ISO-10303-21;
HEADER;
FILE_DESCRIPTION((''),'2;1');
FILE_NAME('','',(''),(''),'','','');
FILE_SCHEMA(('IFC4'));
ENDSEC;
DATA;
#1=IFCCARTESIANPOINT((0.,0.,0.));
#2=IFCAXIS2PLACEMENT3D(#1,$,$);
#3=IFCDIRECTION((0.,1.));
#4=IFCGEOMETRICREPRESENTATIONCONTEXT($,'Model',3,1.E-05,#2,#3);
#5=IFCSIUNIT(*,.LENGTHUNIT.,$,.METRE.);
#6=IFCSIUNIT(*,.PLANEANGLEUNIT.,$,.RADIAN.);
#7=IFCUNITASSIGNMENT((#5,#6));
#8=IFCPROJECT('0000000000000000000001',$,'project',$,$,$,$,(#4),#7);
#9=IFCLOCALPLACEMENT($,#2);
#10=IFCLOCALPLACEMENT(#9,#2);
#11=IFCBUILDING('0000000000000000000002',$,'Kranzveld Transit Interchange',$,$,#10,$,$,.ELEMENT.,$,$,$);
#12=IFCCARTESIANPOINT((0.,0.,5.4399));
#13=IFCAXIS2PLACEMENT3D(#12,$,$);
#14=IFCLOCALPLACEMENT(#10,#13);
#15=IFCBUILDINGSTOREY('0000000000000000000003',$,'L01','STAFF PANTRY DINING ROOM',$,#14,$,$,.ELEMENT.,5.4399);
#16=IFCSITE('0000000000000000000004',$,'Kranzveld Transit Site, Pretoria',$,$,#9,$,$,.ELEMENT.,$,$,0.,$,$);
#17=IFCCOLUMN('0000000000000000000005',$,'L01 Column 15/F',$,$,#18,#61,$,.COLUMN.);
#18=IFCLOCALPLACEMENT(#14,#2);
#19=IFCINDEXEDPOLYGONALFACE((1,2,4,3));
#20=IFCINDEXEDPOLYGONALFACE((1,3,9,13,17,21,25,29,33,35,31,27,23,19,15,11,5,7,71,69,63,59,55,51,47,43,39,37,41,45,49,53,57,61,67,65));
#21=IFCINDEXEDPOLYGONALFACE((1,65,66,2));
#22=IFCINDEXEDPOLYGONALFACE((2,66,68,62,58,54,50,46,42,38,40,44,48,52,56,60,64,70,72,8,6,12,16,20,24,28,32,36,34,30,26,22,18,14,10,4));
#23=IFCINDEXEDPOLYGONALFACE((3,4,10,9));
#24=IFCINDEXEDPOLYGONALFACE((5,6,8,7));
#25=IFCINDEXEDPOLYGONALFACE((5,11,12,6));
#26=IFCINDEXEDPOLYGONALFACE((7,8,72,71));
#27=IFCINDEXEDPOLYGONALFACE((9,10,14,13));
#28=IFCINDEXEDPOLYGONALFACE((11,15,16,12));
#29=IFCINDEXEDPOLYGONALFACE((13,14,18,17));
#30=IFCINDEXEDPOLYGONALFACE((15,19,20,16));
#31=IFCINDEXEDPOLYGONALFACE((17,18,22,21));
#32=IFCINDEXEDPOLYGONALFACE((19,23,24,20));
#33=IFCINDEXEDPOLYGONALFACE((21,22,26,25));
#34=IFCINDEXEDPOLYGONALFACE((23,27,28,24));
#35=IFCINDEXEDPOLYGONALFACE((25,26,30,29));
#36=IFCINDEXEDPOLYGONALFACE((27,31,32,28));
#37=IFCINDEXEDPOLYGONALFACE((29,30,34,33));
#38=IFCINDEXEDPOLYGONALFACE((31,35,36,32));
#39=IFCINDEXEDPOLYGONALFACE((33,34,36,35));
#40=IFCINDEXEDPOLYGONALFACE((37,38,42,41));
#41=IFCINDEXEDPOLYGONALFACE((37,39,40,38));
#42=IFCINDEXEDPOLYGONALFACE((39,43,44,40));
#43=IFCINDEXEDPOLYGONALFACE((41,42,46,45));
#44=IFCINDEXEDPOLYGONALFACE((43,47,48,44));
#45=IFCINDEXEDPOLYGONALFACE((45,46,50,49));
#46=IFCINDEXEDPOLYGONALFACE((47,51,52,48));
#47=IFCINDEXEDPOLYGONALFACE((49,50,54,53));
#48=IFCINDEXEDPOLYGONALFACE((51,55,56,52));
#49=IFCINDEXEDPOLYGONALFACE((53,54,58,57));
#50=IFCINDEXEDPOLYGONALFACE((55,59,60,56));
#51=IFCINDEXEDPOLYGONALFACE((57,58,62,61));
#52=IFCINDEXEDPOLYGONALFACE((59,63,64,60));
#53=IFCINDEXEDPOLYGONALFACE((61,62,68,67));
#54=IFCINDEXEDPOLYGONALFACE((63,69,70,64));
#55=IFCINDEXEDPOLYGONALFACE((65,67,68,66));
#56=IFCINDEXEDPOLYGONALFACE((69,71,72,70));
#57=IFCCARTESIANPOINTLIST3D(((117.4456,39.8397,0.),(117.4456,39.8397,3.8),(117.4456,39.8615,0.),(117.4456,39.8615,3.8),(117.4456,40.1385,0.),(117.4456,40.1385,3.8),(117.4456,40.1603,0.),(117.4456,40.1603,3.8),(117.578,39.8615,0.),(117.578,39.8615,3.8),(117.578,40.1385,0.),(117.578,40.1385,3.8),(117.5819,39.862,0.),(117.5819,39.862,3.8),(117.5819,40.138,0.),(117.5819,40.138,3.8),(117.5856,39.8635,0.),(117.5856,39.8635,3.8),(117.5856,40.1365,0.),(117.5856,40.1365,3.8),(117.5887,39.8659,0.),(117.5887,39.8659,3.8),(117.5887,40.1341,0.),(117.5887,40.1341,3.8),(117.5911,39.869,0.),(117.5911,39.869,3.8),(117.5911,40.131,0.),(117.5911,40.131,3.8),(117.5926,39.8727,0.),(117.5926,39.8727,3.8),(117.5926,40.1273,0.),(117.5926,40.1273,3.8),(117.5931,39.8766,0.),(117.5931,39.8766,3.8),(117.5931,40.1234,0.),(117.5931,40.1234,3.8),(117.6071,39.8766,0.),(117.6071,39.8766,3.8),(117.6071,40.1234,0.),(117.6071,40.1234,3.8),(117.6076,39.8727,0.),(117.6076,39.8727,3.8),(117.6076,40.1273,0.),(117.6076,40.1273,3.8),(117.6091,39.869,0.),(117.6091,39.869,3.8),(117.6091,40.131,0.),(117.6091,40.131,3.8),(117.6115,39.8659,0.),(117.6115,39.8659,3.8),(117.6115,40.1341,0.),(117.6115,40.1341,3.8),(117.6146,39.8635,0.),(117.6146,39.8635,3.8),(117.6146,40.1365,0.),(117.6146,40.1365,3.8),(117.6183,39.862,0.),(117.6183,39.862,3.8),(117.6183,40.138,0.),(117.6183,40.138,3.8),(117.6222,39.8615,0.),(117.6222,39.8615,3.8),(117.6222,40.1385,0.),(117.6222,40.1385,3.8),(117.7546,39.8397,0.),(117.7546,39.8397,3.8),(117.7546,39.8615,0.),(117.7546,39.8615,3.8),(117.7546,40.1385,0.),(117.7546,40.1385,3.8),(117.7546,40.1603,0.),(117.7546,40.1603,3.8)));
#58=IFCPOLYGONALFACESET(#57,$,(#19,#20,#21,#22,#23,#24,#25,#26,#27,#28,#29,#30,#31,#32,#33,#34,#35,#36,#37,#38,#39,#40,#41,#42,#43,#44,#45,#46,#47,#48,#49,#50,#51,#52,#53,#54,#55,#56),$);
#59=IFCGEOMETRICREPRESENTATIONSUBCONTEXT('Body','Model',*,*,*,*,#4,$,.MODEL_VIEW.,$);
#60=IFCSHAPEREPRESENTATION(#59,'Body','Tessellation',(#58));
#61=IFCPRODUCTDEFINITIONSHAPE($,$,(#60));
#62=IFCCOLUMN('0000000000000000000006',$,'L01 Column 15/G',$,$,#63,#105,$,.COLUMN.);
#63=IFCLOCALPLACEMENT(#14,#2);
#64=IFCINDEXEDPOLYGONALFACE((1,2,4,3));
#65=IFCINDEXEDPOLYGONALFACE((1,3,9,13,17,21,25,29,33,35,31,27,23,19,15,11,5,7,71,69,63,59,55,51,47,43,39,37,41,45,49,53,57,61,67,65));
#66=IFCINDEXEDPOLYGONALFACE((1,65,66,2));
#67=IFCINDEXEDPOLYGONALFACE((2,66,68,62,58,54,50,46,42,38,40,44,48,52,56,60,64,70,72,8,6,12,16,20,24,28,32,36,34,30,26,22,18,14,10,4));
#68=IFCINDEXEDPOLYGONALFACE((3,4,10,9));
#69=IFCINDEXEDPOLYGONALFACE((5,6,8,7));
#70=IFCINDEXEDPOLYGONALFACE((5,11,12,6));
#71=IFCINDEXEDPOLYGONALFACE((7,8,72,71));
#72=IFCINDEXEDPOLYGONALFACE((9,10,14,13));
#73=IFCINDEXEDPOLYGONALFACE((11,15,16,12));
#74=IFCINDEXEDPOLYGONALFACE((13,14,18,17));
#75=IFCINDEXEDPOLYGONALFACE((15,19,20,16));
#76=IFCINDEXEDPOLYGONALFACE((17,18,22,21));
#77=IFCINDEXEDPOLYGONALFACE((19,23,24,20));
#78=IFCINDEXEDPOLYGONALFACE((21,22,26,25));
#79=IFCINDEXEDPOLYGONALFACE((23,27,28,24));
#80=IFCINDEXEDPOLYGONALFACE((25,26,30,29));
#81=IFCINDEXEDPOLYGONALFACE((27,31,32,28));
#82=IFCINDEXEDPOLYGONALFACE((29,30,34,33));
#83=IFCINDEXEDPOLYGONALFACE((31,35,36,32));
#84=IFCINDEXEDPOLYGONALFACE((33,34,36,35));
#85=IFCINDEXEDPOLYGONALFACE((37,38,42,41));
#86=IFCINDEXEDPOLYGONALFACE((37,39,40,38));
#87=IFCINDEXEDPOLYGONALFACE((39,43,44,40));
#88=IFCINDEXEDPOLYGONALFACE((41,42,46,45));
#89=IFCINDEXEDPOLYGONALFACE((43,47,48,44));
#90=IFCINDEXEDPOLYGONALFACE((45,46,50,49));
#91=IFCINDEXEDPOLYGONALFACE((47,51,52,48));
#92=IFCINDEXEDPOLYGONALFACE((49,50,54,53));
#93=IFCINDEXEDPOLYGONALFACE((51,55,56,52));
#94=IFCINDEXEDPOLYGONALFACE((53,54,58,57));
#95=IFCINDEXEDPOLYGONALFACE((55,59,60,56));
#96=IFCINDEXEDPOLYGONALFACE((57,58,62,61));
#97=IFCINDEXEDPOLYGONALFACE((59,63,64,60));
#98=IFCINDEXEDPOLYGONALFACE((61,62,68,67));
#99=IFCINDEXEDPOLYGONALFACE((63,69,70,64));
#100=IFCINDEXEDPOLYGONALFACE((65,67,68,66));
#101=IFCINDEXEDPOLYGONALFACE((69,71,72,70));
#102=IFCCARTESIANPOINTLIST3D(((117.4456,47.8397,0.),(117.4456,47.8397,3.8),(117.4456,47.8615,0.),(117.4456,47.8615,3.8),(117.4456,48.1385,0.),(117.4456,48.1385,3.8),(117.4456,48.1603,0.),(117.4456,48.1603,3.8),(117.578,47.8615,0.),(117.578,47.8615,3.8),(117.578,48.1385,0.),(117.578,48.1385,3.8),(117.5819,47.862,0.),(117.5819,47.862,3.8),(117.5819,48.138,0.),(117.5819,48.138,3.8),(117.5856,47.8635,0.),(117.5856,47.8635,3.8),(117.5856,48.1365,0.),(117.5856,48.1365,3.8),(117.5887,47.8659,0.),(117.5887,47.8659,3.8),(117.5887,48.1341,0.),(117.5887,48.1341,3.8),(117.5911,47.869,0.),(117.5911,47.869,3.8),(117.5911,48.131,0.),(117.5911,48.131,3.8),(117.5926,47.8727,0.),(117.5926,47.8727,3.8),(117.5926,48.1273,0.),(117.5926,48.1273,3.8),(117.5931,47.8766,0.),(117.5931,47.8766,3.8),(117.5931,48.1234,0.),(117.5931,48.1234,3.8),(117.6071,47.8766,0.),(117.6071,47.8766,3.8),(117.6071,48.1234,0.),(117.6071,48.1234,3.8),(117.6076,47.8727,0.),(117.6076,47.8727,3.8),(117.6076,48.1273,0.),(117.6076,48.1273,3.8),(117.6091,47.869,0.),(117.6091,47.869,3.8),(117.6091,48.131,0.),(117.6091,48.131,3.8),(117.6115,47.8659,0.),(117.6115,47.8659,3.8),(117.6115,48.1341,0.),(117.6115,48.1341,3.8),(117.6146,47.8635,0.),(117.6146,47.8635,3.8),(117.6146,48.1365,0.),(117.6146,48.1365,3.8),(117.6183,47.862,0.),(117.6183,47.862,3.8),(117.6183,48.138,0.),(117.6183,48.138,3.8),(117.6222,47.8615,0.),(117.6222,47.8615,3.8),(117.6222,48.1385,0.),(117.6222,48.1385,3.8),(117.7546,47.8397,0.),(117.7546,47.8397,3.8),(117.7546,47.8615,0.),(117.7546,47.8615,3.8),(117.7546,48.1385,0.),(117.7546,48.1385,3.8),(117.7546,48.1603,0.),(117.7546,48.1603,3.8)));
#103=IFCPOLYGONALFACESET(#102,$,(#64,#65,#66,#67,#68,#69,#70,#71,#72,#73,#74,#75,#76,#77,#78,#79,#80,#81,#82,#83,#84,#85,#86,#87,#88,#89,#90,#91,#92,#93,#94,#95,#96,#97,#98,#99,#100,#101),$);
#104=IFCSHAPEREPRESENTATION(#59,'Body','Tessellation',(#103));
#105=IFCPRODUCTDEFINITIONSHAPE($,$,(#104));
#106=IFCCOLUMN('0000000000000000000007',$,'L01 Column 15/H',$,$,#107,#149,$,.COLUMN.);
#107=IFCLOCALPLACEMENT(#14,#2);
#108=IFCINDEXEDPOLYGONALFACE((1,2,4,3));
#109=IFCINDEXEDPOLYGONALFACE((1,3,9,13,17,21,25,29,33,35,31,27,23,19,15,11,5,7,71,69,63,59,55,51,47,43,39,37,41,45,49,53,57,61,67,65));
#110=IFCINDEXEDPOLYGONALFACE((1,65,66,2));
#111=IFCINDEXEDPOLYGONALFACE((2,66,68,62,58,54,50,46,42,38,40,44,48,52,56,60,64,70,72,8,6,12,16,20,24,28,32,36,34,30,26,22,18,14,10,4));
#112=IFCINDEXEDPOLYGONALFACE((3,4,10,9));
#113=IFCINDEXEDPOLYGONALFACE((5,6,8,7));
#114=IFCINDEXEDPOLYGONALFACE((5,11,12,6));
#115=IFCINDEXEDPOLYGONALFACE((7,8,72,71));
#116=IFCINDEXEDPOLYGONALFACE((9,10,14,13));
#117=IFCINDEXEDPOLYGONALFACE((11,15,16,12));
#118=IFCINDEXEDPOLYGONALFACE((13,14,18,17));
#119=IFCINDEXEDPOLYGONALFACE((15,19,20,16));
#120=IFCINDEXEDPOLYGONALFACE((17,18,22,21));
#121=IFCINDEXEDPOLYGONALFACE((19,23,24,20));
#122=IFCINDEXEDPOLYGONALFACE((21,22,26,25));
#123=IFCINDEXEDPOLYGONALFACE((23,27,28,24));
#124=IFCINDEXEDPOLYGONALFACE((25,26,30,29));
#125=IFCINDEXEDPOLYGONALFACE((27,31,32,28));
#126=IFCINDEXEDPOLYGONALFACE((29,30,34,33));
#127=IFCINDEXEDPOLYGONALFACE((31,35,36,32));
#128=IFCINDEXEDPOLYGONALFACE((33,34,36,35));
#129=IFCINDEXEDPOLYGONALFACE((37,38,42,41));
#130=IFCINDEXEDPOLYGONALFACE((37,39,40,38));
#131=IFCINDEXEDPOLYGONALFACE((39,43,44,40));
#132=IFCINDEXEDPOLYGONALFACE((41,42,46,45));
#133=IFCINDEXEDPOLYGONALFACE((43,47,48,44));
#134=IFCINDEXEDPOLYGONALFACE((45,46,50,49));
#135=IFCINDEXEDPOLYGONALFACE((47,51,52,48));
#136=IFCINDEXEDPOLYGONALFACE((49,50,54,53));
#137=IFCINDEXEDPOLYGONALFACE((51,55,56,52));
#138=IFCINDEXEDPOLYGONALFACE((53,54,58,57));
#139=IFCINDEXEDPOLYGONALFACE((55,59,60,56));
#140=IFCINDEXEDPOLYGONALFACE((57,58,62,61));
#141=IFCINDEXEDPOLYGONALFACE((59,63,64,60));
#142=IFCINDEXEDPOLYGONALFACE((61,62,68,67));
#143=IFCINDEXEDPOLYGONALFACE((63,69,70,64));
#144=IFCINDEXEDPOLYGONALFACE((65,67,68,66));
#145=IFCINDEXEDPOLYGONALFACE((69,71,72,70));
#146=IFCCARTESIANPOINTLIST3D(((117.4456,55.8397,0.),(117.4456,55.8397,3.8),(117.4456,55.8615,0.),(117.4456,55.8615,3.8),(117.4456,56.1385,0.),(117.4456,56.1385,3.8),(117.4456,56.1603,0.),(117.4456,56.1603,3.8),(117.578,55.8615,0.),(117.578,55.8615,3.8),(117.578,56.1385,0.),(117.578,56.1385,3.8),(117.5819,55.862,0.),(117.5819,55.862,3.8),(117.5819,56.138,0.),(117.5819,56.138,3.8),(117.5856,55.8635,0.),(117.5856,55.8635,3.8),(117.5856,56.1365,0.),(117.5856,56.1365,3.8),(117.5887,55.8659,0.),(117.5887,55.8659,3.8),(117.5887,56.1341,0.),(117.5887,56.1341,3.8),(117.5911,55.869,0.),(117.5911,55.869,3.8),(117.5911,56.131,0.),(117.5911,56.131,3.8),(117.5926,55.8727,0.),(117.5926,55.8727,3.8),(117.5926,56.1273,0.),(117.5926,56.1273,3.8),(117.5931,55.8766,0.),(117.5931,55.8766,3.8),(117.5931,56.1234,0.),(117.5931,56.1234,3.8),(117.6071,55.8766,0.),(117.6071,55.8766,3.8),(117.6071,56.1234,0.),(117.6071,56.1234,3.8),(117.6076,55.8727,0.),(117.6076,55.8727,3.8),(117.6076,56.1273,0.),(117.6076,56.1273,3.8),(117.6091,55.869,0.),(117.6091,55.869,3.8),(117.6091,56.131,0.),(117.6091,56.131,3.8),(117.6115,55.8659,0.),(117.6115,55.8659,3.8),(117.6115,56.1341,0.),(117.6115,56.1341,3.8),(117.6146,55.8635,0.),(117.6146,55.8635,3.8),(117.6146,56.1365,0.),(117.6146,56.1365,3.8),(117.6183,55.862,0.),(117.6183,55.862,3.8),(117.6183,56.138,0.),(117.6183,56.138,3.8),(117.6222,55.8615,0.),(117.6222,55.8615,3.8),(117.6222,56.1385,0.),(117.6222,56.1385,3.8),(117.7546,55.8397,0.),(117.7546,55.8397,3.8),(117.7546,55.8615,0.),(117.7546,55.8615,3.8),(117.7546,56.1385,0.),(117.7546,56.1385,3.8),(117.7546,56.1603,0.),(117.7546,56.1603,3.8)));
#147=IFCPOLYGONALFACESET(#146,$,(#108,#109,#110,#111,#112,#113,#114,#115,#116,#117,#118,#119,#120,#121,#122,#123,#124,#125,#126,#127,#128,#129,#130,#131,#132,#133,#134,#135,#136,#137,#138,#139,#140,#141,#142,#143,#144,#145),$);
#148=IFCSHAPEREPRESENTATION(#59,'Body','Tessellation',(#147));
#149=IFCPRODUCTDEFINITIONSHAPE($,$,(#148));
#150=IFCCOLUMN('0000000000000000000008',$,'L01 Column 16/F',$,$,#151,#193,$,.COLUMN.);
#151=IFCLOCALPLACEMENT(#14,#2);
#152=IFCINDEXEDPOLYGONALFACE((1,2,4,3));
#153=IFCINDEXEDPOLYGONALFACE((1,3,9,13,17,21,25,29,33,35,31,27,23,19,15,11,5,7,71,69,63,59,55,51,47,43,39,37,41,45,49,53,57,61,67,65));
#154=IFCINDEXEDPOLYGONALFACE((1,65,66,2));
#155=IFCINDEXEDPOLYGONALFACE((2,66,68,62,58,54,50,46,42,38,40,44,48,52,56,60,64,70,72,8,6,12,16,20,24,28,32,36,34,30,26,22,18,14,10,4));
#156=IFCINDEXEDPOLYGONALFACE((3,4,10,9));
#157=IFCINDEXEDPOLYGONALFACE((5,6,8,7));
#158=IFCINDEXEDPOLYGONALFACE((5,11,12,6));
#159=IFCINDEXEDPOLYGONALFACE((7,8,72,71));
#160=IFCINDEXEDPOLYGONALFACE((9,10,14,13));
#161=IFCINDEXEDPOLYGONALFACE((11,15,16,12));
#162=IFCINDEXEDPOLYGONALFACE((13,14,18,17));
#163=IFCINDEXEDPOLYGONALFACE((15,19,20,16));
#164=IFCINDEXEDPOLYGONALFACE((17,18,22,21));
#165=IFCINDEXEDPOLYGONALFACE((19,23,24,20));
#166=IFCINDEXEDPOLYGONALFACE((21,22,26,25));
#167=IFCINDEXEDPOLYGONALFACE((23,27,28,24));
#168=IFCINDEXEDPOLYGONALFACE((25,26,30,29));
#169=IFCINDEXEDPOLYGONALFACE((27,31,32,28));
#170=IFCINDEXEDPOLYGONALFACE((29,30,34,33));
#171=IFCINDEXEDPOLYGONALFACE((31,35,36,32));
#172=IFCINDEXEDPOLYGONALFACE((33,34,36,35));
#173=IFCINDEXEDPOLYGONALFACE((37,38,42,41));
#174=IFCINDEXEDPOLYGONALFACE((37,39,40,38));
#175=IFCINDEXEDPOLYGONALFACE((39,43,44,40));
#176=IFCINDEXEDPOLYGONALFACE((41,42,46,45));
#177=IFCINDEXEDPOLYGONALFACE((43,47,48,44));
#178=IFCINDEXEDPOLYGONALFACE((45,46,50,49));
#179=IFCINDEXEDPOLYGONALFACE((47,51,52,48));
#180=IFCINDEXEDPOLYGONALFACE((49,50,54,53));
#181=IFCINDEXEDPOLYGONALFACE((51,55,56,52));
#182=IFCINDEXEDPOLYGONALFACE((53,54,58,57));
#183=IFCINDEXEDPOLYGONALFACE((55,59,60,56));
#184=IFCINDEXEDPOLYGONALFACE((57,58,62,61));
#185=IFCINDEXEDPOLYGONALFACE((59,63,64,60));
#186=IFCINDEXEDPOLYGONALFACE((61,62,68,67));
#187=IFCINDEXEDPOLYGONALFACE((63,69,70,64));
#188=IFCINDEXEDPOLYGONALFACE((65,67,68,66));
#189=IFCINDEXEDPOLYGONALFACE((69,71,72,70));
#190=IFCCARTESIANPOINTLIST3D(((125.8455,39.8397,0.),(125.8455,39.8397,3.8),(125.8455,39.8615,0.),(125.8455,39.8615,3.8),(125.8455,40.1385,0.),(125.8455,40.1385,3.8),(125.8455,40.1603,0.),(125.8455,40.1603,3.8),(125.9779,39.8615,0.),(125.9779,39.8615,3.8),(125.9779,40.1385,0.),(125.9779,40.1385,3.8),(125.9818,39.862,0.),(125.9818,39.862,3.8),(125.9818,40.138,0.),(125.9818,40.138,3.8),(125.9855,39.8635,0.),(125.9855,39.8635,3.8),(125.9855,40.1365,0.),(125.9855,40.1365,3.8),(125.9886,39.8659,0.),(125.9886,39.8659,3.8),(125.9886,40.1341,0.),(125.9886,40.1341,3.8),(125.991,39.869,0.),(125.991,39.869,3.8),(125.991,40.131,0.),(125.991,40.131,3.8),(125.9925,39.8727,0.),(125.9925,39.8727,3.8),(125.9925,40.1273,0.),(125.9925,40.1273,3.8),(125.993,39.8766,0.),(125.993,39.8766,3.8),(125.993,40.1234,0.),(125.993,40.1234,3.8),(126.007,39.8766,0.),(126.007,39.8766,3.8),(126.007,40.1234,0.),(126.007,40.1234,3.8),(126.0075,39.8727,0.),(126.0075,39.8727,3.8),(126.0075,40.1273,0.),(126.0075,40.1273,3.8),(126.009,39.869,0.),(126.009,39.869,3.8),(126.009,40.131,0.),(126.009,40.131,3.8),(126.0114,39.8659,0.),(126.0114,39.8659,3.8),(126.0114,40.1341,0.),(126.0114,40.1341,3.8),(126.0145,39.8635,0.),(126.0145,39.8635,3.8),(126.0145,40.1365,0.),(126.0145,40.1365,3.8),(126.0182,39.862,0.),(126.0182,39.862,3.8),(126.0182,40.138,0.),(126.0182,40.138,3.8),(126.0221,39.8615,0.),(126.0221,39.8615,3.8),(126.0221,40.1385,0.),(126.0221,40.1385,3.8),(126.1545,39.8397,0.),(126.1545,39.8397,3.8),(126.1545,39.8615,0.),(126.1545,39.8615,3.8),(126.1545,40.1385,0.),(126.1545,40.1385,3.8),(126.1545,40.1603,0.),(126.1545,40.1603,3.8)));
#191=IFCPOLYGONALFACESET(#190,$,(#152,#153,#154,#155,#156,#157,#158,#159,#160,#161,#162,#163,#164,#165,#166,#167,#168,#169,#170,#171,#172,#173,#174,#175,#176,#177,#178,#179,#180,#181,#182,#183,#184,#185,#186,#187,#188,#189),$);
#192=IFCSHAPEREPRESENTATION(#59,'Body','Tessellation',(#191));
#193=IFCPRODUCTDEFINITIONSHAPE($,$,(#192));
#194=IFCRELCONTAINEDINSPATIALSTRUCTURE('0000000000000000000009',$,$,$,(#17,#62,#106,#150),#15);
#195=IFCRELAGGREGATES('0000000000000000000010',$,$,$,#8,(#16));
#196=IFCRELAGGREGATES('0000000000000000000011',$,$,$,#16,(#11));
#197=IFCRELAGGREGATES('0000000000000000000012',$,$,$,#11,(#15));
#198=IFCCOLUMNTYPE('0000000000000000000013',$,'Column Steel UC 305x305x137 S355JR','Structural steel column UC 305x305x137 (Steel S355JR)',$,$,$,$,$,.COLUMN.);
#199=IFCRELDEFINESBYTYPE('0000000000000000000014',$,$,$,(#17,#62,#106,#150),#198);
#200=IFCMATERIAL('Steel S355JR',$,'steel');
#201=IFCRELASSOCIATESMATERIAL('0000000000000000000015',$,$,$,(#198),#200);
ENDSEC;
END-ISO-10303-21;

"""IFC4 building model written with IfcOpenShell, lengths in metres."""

from ifc_helpers import new_model, si_unit, direction, frame, origin, origin_2d, place, context, subcontext, project, spatial, i_section, extrude, material, material_profile, profile_set, type_object, element, save


model = new_model("IFC4")

# Units and contexts
model_context = context("Model", 3, precision=1e-05, world=origin(), true_north=direction((0.0, 1.0)))
body_context = subcontext(model_context, "Body", "Model", "MODEL_VIEW")
ifc_project = project(units=[si_unit("LENGTHUNIT", "METRE"), si_unit("PLANEANGLEUNIT", "RADIAN")], contexts=[model_context])

# Site, building, storey
site_placement = place(None, origin())
site = spatial("IfcSite", under=ifc_project, at=site_placement, Name="Kranzveld Transit Site, Pretoria", CompositionType="ELEMENT", RefElevation=0.0)
building_placement = place(site_placement, origin())
building = spatial("IfcBuilding", under=site, at=building_placement, Name="Kranzveld Transit Interchange", CompositionType="ELEMENT")
storey_placement = place(building_placement, frame((0.0, 0.0, 5.4399)))
storey = spatial("IfcBuildingStorey", under=building, at=storey_placement, Name="L01", Description="STAFF PANTRY DINING ROOM", CompositionType="ELEMENT", Elevation=5.4399)

# Columns
ifc_material_1 = material(Name="Steel S355JR", Category="steel")
ifc_material_profile_1 = material_profile(ifc_material_1, i_section(OverallWidth=0.3091, OverallDepth=0.3206, WebThickness=0.0139, FlangeThickness=0.0217, FilletRadius=0.0151, at=origin_2d()), Name="UC 305x305x137")
ifc_profile_set_1 = profile_set([ifc_material_profile_1], Name="Steel S355JR")
column_type = type_object("IfcColumnType", Name="Column Steel UC 305x305x137 S355JR", Description="Structural steel column UC 305x305x137 (Steel S355JR)", PredefinedType="COLUMN", material=ifc_profile_set_1)
for number, where, z_axis, x_axis, name in (
    (1, (117.6001, 40.0, 0.0), (0.0, 0.0, 1.0), (1.0, 0.0, 0.0), "L01 Column 15/F"),
    (2, (117.6001, 48.0, 0.0), (0.0, 0.0, 1.0), (1.0, 0.0, 0.0), "L01 Column 15/G"),
    (3, (117.6001, 56.0, 0.0), (0.0, 0.0, 1.0), (1.0, 0.0, 0.0), "L01 Column 15/H"),
    (4, (126.0, 40.0, 0.0), (0.0, 0.0, 1.0), (1.0, 0.0, 0.0), "L01 Column 16/F"),
):
    element("IfcColumn", number, at=place(storey_placement, frame(where, z_axis=z_axis, x_axis=x_axis)), inside=storey, type_object=column_type, Name=name, PredefinedType="COLUMN", context=body_context, shape_type="SweptSolid", body=[
        extrude(i_section(OverallWidth=0.3091, OverallDepth=0.3206, WebThickness=0.0139, FlangeThickness=0.0217, FilletRadius=0.0151, at=origin_2d()), origin(), (0.0, 0.0, 1.0), 3.8),
    ])

save(model, "model.ifc")
